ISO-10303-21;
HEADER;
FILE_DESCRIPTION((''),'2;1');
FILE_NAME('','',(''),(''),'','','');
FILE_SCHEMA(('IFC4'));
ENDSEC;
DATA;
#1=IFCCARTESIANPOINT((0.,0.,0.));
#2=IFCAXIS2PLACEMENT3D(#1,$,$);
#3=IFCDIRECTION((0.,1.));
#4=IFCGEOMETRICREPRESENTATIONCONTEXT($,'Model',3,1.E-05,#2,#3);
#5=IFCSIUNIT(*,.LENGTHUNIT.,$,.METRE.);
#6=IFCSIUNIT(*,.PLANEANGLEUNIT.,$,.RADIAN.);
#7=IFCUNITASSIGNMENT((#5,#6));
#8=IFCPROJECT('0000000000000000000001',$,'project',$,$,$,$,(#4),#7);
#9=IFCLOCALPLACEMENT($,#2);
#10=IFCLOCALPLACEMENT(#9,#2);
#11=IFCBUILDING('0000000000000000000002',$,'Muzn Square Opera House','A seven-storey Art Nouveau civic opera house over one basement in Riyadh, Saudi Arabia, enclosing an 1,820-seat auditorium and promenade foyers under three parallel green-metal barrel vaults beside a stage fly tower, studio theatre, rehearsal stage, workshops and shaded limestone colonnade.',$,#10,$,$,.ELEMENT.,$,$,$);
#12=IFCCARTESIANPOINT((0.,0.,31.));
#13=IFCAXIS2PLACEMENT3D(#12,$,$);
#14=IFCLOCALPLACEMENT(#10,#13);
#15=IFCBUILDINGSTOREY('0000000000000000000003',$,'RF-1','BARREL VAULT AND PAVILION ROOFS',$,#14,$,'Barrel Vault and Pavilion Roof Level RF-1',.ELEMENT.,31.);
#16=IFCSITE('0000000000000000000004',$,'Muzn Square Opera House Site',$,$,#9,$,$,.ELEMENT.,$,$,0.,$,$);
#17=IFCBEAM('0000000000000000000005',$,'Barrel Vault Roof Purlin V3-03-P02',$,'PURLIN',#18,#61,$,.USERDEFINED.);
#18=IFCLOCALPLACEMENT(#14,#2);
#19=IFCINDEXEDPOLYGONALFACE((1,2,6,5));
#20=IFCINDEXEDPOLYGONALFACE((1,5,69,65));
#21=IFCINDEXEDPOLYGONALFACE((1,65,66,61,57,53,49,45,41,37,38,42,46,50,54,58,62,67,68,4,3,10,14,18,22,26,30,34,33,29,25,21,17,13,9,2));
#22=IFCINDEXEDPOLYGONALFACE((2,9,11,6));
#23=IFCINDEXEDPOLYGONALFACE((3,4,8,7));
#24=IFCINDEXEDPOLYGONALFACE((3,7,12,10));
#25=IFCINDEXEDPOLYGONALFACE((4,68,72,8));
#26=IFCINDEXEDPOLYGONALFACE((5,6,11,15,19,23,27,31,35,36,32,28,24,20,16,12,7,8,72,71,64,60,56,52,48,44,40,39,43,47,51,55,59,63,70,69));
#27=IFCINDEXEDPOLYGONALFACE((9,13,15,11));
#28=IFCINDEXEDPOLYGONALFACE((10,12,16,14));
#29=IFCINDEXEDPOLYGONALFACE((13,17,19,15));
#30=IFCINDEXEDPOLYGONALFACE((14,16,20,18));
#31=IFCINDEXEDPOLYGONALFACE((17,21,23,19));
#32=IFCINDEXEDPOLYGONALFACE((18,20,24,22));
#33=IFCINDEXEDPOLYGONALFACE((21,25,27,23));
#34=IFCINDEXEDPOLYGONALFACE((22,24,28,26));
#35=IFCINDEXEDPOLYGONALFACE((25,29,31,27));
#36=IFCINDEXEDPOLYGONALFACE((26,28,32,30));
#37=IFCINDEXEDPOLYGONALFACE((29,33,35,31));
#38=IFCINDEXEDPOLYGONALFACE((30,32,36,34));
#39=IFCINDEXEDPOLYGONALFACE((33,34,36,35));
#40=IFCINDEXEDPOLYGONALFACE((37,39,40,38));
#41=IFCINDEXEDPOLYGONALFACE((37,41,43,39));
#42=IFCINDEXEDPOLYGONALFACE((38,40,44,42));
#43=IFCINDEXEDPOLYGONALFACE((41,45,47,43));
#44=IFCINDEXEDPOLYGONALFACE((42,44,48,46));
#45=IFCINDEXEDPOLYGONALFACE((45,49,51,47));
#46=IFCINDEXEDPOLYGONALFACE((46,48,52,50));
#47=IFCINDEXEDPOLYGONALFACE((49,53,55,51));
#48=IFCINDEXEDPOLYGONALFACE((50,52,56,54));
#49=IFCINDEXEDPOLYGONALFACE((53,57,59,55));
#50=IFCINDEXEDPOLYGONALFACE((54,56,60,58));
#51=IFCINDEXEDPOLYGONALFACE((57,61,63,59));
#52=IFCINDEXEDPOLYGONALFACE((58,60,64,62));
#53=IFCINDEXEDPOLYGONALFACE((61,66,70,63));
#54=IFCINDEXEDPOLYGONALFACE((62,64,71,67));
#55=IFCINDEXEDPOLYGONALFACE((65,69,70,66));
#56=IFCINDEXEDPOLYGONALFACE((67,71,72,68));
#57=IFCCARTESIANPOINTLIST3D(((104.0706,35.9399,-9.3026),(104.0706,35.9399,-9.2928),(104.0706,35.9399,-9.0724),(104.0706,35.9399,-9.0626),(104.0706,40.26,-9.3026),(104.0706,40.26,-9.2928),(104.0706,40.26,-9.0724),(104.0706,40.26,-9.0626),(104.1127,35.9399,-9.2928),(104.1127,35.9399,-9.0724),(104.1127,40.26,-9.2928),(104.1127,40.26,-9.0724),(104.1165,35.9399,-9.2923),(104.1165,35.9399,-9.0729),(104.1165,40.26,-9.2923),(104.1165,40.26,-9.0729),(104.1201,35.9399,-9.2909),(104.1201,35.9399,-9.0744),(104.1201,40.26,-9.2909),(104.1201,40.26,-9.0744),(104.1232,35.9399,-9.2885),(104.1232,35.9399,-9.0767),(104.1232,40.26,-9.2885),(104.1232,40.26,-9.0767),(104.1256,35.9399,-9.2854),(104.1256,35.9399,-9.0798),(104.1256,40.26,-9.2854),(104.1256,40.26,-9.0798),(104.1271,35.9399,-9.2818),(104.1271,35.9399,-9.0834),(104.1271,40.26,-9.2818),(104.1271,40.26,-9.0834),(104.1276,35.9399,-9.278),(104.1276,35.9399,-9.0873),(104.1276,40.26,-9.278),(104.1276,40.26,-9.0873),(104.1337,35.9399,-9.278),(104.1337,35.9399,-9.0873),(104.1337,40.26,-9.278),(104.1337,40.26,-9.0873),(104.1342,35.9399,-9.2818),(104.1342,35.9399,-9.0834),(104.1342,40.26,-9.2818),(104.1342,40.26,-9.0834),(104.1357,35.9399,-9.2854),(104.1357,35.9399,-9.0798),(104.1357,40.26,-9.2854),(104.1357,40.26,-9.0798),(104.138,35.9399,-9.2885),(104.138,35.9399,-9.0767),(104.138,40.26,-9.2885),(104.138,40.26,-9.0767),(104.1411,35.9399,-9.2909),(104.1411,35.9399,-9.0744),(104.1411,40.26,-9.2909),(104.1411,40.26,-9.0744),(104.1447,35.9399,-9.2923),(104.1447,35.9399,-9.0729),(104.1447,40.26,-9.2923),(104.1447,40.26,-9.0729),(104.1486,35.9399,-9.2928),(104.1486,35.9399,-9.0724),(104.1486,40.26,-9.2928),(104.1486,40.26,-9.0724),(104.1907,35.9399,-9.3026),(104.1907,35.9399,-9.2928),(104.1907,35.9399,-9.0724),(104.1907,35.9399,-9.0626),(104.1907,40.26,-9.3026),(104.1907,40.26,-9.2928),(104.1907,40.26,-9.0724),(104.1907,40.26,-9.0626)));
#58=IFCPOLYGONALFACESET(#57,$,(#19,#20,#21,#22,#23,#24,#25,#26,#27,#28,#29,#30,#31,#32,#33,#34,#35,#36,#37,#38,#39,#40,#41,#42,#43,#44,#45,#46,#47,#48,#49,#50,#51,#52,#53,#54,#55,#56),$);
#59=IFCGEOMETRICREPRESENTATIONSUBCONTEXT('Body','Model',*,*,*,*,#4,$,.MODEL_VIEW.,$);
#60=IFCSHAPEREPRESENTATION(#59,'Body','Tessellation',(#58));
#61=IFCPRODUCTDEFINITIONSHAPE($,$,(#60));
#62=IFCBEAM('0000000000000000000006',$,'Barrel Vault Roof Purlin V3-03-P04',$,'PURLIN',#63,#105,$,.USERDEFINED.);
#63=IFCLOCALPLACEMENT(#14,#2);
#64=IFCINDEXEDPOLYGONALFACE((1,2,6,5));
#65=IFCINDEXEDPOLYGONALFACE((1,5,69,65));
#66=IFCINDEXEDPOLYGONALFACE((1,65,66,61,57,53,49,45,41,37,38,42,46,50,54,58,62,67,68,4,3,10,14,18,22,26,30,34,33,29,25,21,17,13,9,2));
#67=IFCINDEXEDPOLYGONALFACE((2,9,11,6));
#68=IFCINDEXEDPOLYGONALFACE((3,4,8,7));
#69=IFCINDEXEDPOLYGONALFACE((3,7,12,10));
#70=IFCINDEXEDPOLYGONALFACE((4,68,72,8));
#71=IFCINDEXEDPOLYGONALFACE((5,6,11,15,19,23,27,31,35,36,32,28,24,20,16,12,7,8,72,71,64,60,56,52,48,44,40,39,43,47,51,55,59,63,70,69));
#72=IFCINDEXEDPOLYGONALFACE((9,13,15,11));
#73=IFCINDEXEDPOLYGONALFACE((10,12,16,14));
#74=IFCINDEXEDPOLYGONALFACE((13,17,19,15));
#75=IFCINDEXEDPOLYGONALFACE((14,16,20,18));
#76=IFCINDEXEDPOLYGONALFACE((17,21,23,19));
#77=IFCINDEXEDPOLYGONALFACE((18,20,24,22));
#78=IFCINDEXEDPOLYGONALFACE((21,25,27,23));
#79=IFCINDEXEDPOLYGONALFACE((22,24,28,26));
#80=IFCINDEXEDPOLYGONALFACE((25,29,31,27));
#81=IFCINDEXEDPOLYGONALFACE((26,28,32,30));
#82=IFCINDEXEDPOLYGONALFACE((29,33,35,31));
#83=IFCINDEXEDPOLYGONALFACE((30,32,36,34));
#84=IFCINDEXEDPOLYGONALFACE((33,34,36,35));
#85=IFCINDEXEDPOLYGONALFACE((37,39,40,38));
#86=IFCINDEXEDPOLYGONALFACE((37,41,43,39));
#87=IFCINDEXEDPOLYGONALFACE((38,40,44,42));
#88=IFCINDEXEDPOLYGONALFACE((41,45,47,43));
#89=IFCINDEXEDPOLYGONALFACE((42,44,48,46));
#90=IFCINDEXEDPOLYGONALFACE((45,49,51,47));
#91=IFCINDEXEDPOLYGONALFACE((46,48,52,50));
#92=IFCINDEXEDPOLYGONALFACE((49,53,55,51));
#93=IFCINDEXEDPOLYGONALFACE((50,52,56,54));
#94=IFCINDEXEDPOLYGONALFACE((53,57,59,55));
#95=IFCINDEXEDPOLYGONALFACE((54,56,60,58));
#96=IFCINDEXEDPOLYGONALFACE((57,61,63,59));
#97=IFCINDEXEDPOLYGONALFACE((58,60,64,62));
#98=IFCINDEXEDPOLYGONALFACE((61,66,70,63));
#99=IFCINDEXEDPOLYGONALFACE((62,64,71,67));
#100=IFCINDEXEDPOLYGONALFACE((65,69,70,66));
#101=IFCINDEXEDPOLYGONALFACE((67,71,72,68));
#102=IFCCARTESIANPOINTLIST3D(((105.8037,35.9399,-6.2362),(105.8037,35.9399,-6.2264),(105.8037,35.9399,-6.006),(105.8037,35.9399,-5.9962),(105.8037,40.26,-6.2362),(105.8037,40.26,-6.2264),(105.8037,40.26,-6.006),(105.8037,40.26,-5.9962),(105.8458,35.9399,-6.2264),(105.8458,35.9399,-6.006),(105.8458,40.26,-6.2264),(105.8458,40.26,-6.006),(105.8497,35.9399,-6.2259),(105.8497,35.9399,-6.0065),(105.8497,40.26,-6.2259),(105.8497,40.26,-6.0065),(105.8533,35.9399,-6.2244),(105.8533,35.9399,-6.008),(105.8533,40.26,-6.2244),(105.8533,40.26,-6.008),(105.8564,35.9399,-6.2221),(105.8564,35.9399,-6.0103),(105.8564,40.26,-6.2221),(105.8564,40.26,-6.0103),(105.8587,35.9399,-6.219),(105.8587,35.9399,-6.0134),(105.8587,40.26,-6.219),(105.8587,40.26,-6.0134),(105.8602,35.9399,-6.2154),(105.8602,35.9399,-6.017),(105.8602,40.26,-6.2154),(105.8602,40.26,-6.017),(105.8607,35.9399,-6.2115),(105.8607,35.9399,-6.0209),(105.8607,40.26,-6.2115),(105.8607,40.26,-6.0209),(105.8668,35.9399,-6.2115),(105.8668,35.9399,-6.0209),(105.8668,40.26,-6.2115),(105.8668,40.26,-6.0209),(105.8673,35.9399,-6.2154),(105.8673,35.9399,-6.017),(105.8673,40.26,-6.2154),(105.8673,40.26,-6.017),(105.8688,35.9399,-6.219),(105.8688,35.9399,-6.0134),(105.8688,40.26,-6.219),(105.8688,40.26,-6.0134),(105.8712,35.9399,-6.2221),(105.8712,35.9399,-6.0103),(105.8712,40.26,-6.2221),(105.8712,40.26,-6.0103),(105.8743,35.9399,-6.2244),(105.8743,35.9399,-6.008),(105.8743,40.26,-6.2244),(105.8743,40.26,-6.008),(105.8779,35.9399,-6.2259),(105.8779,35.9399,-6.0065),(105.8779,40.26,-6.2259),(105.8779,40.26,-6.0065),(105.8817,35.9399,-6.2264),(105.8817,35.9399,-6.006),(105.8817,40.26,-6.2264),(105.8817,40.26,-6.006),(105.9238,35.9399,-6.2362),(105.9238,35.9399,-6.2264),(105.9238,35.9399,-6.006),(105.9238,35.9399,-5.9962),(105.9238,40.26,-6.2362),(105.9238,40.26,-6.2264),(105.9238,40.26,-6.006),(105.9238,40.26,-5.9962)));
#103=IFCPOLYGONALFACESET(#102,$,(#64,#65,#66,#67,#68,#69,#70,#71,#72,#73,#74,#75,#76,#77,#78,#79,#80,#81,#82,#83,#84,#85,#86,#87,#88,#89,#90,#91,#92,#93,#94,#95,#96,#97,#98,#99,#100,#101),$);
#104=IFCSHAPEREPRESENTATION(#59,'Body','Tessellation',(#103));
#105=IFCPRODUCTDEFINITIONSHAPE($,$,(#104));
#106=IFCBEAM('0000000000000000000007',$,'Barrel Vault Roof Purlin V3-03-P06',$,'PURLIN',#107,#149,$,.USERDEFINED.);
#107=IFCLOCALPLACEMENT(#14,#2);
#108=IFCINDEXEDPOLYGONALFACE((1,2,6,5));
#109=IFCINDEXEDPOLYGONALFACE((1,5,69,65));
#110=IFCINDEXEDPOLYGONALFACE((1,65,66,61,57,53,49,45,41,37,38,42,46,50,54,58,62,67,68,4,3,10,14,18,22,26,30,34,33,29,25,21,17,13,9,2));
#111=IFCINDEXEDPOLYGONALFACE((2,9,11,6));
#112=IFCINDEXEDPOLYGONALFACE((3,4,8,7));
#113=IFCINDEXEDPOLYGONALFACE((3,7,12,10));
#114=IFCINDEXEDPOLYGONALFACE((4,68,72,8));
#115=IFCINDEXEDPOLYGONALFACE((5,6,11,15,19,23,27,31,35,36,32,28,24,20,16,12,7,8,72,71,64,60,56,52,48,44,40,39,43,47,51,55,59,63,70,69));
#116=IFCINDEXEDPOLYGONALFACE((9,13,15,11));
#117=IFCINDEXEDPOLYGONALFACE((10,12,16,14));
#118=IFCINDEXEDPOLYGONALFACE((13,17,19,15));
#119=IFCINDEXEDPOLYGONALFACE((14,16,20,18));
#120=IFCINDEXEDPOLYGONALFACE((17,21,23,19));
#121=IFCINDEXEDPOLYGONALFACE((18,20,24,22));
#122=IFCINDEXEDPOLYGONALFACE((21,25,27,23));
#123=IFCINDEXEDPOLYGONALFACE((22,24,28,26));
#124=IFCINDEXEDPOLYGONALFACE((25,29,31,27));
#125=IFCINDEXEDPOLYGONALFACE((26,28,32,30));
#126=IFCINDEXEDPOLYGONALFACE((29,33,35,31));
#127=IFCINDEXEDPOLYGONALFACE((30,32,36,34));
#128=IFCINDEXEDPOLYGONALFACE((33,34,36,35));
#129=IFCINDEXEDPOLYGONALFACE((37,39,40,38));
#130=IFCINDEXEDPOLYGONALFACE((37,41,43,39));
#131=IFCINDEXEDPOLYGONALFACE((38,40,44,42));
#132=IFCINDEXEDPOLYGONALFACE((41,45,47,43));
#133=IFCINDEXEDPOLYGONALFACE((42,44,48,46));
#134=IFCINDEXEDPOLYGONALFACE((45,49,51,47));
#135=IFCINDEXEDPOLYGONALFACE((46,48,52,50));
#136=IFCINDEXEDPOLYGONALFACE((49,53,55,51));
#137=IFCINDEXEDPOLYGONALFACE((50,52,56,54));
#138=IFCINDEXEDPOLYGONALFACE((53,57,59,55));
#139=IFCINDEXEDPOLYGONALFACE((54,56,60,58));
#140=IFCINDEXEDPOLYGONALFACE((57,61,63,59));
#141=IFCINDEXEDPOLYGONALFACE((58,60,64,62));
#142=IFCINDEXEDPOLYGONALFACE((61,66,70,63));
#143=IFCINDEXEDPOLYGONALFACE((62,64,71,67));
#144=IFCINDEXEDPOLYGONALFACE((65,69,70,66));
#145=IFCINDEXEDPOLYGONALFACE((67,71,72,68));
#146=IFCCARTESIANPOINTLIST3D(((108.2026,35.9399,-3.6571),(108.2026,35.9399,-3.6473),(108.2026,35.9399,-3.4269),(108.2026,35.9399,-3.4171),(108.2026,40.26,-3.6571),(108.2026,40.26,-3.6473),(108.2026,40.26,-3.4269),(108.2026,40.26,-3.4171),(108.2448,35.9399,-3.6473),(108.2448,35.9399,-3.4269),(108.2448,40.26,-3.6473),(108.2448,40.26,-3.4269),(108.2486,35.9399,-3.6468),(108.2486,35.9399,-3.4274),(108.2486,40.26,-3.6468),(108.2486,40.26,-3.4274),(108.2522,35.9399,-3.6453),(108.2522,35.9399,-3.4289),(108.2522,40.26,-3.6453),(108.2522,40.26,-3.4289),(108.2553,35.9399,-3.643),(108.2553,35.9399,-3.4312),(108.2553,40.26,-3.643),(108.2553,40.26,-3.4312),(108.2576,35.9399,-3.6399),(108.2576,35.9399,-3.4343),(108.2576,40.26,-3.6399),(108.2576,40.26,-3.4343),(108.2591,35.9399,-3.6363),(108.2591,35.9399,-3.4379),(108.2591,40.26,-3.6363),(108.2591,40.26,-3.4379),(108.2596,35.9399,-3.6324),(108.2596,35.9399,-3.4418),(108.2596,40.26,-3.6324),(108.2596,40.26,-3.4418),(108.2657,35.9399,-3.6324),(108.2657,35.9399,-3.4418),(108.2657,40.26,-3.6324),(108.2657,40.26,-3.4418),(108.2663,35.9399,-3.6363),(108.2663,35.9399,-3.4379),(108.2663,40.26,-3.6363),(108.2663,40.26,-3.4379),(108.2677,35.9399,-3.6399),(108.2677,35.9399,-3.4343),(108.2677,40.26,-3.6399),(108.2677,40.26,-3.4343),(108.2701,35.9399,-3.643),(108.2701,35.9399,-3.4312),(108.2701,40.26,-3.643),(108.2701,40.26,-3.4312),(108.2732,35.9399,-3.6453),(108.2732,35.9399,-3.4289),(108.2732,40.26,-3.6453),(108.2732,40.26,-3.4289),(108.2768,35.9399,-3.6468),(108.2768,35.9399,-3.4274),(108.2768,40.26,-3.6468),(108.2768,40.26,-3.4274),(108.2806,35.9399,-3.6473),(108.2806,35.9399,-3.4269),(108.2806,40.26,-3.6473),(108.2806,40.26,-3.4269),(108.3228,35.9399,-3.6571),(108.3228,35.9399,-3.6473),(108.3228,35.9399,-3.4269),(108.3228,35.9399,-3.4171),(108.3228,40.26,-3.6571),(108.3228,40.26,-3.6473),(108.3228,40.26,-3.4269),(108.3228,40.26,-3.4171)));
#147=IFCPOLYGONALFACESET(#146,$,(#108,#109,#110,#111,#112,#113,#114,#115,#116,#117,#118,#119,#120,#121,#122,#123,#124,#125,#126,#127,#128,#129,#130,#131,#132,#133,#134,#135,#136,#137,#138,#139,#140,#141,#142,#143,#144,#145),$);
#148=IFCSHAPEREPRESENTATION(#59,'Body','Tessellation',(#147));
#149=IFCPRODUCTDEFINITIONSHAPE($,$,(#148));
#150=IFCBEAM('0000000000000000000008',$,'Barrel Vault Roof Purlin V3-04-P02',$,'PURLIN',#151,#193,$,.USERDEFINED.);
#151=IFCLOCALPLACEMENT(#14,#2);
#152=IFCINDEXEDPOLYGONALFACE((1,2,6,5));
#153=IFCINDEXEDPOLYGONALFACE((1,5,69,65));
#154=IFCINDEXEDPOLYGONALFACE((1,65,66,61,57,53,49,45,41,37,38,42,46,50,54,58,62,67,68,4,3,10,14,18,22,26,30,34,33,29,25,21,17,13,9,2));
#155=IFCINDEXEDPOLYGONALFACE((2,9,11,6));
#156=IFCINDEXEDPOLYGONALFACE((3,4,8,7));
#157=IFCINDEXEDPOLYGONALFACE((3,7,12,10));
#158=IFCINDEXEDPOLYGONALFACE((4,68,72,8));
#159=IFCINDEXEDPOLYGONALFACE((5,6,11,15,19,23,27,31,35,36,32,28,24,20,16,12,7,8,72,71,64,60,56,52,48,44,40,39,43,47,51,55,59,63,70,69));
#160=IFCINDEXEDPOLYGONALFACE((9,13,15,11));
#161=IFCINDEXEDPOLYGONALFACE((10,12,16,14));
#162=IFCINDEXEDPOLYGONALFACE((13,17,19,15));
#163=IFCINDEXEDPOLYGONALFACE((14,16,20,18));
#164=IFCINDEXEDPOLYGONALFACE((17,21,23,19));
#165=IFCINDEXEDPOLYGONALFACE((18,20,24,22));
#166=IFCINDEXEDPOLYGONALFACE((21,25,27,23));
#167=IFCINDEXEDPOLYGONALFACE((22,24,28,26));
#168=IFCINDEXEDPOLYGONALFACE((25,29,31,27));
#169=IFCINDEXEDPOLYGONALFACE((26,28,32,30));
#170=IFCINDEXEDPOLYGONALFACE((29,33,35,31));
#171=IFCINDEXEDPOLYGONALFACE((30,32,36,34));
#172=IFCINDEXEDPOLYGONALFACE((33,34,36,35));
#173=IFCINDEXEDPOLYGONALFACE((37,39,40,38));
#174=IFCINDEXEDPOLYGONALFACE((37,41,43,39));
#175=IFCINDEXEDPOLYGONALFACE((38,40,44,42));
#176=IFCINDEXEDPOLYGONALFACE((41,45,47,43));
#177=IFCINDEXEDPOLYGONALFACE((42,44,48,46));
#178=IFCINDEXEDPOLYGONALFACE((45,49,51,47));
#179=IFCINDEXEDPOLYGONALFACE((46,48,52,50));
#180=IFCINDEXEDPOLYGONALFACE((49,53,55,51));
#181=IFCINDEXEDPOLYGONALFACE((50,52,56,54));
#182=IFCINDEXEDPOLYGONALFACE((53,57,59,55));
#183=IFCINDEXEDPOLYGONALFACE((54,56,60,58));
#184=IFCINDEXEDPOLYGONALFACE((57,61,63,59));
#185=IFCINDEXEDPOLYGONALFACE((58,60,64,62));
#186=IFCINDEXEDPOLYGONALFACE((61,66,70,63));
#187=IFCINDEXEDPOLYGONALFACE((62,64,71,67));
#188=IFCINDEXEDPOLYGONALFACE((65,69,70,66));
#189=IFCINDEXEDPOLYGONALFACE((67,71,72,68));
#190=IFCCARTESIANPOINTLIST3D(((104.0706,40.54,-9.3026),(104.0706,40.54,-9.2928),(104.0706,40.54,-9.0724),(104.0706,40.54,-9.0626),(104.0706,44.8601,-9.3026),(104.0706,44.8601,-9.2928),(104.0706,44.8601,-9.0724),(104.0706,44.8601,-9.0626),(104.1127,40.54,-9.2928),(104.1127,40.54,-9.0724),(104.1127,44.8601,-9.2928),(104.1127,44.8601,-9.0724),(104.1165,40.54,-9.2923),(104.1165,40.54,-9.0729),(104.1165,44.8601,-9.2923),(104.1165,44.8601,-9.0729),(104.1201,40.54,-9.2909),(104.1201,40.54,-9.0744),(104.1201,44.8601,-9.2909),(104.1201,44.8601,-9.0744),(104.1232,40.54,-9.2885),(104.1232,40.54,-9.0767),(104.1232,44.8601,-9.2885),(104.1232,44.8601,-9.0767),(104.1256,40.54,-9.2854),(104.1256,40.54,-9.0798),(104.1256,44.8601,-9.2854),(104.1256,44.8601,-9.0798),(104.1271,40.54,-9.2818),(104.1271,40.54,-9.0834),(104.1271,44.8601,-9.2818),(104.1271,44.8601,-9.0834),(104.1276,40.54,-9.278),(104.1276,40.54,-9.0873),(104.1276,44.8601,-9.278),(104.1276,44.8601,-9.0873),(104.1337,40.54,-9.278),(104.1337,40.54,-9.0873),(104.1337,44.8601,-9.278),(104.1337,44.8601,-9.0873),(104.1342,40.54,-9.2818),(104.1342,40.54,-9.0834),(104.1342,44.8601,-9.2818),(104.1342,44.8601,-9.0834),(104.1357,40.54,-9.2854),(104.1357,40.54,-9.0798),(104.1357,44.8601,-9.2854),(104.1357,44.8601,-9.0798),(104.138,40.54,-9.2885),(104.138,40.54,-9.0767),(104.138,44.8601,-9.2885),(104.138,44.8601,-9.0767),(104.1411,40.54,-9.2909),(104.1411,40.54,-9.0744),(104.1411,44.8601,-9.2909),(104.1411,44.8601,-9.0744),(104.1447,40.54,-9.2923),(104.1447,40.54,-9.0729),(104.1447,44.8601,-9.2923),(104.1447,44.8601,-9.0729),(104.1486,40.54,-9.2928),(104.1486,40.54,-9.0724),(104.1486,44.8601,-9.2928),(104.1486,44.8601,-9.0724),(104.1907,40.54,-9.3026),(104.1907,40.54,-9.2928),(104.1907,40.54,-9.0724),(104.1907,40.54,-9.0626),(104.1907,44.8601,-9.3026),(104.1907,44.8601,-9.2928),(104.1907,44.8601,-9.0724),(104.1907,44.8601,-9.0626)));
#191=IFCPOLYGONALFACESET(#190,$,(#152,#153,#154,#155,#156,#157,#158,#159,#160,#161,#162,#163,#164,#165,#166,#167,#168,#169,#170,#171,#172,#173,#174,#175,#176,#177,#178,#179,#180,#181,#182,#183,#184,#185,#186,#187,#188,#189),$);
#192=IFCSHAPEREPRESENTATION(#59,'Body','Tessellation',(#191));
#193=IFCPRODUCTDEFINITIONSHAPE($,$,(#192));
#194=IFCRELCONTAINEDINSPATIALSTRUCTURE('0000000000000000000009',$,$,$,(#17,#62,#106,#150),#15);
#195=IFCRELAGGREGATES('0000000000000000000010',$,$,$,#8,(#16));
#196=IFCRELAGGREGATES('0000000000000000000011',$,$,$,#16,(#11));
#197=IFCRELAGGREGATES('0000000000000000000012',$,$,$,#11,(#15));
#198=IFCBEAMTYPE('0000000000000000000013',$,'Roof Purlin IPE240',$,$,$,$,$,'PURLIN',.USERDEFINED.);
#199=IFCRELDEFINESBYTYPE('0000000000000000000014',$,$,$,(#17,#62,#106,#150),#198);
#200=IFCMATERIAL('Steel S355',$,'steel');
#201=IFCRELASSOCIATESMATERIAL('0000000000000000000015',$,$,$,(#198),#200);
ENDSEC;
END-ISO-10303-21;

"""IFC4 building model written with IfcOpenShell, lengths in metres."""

from ifc_helpers import new_model, si_unit, direction, frame, origin, origin_2d, place, context, subcontext, project, spatial, i_section, extrude, material, material_profile, profile_set, type_object, element, save


model = new_model("IFC4")

# Units and contexts
model_context = context("Model", 3, precision=1e-05, world=origin(), true_north=direction((0.0, 1.0)))
body_context = subcontext(model_context, "Body", "Model", "MODEL_VIEW")
ifc_project = project(units=[si_unit("LENGTHUNIT", "METRE"), si_unit("PLANEANGLEUNIT", "RADIAN")], contexts=[model_context])

# Site, building, storey
site_placement = place(None, origin())
site = spatial("IfcSite", under=ifc_project, at=site_placement, Name="Muzn Square Opera House Site", CompositionType="ELEMENT", RefElevation=0.0)
building_placement = place(site_placement, origin())
building = spatial("IfcBuilding", under=site, at=building_placement, Name="Muzn Square Opera House", Description="A seven-storey Art Nouveau civic opera house over one basement in Riyadh, Saudi Arabia, enclosing an 1,820-seat auditorium and promenade foyers under three parallel green-metal barrel vaults beside a stage fly tower, studio theatre, rehearsal stage, workshops and shaded limestone colonnade.", CompositionType="ELEMENT")
storey_placement = place(building_placement, frame((0.0, 0.0, 31.0)))
storey = spatial("IfcBuildingStorey", under=building, at=storey_placement, Name="RF-1", Description="BARREL VAULT AND PAVILION ROOFS", LongName="Barrel Vault and Pavilion Roof Level RF-1", CompositionType="ELEMENT", Elevation=31.0)

# Beams
ifc_material_1 = material(Name="Steel S355", Category="steel")
ifc_material_profile_1 = material_profile(ifc_material_1, i_section(OverallWidth=0.1201, OverallDepth=0.24, WebThickness=0.0061, FlangeThickness=0.0098, FilletRadius=0.0149, at=origin_2d()), Name="IPE 240", Category="steel")
ifc_profile_set_1 = profile_set([ifc_material_profile_1], Name="Steel S355")
beam_type_1 = type_object("IfcBeamType", Name="Roof Purlin IPE240", ElementType="PURLIN", PredefinedType="USERDEFINED", material=ifc_profile_set_1)
for number, where, z_axis, x_axis, name in (
    (1, (104.1306, 35.9399, -9.1826), (0.0, 1.0, 0.0), (-1.0, 0.0, 0.0), "Barrel Vault Roof Purlin V3-03-P02"),
    (2, (105.8638, 35.9399, -6.1162), (0.0, 1.0, 0.0), (-1.0, 0.0, 0.0), "Barrel Vault Roof Purlin V3-03-P04"),
    (3, (108.2627, 35.9399, -3.5371), (0.0, 1.0, 0.0), (-1.0, 0.0, 0.0), "Barrel Vault Roof Purlin V3-03-P06"),
    (4, (104.1306, 40.54, -9.1826), (0.0, 1.0, 0.0), (-1.0, 0.0, 0.0), "Barrel Vault Roof Purlin V3-04-P02"),
):
    element("IfcBeam", number, at=place(storey_placement, frame(where, z_axis=z_axis, x_axis=x_axis)), inside=storey, type_object=beam_type_1, Name=name, ObjectType="PURLIN", PredefinedType="USERDEFINED", context=body_context, shape_type="SweptSolid", body=[
        extrude(i_section(OverallWidth=0.1201, OverallDepth=0.24, WebThickness=0.0061, FlangeThickness=0.0098, FilletRadius=0.0149, at=origin_2d()), origin(), (0.0, 0.0, 1.0), 4.3201),
    ])

save(model, "model.ifc")
